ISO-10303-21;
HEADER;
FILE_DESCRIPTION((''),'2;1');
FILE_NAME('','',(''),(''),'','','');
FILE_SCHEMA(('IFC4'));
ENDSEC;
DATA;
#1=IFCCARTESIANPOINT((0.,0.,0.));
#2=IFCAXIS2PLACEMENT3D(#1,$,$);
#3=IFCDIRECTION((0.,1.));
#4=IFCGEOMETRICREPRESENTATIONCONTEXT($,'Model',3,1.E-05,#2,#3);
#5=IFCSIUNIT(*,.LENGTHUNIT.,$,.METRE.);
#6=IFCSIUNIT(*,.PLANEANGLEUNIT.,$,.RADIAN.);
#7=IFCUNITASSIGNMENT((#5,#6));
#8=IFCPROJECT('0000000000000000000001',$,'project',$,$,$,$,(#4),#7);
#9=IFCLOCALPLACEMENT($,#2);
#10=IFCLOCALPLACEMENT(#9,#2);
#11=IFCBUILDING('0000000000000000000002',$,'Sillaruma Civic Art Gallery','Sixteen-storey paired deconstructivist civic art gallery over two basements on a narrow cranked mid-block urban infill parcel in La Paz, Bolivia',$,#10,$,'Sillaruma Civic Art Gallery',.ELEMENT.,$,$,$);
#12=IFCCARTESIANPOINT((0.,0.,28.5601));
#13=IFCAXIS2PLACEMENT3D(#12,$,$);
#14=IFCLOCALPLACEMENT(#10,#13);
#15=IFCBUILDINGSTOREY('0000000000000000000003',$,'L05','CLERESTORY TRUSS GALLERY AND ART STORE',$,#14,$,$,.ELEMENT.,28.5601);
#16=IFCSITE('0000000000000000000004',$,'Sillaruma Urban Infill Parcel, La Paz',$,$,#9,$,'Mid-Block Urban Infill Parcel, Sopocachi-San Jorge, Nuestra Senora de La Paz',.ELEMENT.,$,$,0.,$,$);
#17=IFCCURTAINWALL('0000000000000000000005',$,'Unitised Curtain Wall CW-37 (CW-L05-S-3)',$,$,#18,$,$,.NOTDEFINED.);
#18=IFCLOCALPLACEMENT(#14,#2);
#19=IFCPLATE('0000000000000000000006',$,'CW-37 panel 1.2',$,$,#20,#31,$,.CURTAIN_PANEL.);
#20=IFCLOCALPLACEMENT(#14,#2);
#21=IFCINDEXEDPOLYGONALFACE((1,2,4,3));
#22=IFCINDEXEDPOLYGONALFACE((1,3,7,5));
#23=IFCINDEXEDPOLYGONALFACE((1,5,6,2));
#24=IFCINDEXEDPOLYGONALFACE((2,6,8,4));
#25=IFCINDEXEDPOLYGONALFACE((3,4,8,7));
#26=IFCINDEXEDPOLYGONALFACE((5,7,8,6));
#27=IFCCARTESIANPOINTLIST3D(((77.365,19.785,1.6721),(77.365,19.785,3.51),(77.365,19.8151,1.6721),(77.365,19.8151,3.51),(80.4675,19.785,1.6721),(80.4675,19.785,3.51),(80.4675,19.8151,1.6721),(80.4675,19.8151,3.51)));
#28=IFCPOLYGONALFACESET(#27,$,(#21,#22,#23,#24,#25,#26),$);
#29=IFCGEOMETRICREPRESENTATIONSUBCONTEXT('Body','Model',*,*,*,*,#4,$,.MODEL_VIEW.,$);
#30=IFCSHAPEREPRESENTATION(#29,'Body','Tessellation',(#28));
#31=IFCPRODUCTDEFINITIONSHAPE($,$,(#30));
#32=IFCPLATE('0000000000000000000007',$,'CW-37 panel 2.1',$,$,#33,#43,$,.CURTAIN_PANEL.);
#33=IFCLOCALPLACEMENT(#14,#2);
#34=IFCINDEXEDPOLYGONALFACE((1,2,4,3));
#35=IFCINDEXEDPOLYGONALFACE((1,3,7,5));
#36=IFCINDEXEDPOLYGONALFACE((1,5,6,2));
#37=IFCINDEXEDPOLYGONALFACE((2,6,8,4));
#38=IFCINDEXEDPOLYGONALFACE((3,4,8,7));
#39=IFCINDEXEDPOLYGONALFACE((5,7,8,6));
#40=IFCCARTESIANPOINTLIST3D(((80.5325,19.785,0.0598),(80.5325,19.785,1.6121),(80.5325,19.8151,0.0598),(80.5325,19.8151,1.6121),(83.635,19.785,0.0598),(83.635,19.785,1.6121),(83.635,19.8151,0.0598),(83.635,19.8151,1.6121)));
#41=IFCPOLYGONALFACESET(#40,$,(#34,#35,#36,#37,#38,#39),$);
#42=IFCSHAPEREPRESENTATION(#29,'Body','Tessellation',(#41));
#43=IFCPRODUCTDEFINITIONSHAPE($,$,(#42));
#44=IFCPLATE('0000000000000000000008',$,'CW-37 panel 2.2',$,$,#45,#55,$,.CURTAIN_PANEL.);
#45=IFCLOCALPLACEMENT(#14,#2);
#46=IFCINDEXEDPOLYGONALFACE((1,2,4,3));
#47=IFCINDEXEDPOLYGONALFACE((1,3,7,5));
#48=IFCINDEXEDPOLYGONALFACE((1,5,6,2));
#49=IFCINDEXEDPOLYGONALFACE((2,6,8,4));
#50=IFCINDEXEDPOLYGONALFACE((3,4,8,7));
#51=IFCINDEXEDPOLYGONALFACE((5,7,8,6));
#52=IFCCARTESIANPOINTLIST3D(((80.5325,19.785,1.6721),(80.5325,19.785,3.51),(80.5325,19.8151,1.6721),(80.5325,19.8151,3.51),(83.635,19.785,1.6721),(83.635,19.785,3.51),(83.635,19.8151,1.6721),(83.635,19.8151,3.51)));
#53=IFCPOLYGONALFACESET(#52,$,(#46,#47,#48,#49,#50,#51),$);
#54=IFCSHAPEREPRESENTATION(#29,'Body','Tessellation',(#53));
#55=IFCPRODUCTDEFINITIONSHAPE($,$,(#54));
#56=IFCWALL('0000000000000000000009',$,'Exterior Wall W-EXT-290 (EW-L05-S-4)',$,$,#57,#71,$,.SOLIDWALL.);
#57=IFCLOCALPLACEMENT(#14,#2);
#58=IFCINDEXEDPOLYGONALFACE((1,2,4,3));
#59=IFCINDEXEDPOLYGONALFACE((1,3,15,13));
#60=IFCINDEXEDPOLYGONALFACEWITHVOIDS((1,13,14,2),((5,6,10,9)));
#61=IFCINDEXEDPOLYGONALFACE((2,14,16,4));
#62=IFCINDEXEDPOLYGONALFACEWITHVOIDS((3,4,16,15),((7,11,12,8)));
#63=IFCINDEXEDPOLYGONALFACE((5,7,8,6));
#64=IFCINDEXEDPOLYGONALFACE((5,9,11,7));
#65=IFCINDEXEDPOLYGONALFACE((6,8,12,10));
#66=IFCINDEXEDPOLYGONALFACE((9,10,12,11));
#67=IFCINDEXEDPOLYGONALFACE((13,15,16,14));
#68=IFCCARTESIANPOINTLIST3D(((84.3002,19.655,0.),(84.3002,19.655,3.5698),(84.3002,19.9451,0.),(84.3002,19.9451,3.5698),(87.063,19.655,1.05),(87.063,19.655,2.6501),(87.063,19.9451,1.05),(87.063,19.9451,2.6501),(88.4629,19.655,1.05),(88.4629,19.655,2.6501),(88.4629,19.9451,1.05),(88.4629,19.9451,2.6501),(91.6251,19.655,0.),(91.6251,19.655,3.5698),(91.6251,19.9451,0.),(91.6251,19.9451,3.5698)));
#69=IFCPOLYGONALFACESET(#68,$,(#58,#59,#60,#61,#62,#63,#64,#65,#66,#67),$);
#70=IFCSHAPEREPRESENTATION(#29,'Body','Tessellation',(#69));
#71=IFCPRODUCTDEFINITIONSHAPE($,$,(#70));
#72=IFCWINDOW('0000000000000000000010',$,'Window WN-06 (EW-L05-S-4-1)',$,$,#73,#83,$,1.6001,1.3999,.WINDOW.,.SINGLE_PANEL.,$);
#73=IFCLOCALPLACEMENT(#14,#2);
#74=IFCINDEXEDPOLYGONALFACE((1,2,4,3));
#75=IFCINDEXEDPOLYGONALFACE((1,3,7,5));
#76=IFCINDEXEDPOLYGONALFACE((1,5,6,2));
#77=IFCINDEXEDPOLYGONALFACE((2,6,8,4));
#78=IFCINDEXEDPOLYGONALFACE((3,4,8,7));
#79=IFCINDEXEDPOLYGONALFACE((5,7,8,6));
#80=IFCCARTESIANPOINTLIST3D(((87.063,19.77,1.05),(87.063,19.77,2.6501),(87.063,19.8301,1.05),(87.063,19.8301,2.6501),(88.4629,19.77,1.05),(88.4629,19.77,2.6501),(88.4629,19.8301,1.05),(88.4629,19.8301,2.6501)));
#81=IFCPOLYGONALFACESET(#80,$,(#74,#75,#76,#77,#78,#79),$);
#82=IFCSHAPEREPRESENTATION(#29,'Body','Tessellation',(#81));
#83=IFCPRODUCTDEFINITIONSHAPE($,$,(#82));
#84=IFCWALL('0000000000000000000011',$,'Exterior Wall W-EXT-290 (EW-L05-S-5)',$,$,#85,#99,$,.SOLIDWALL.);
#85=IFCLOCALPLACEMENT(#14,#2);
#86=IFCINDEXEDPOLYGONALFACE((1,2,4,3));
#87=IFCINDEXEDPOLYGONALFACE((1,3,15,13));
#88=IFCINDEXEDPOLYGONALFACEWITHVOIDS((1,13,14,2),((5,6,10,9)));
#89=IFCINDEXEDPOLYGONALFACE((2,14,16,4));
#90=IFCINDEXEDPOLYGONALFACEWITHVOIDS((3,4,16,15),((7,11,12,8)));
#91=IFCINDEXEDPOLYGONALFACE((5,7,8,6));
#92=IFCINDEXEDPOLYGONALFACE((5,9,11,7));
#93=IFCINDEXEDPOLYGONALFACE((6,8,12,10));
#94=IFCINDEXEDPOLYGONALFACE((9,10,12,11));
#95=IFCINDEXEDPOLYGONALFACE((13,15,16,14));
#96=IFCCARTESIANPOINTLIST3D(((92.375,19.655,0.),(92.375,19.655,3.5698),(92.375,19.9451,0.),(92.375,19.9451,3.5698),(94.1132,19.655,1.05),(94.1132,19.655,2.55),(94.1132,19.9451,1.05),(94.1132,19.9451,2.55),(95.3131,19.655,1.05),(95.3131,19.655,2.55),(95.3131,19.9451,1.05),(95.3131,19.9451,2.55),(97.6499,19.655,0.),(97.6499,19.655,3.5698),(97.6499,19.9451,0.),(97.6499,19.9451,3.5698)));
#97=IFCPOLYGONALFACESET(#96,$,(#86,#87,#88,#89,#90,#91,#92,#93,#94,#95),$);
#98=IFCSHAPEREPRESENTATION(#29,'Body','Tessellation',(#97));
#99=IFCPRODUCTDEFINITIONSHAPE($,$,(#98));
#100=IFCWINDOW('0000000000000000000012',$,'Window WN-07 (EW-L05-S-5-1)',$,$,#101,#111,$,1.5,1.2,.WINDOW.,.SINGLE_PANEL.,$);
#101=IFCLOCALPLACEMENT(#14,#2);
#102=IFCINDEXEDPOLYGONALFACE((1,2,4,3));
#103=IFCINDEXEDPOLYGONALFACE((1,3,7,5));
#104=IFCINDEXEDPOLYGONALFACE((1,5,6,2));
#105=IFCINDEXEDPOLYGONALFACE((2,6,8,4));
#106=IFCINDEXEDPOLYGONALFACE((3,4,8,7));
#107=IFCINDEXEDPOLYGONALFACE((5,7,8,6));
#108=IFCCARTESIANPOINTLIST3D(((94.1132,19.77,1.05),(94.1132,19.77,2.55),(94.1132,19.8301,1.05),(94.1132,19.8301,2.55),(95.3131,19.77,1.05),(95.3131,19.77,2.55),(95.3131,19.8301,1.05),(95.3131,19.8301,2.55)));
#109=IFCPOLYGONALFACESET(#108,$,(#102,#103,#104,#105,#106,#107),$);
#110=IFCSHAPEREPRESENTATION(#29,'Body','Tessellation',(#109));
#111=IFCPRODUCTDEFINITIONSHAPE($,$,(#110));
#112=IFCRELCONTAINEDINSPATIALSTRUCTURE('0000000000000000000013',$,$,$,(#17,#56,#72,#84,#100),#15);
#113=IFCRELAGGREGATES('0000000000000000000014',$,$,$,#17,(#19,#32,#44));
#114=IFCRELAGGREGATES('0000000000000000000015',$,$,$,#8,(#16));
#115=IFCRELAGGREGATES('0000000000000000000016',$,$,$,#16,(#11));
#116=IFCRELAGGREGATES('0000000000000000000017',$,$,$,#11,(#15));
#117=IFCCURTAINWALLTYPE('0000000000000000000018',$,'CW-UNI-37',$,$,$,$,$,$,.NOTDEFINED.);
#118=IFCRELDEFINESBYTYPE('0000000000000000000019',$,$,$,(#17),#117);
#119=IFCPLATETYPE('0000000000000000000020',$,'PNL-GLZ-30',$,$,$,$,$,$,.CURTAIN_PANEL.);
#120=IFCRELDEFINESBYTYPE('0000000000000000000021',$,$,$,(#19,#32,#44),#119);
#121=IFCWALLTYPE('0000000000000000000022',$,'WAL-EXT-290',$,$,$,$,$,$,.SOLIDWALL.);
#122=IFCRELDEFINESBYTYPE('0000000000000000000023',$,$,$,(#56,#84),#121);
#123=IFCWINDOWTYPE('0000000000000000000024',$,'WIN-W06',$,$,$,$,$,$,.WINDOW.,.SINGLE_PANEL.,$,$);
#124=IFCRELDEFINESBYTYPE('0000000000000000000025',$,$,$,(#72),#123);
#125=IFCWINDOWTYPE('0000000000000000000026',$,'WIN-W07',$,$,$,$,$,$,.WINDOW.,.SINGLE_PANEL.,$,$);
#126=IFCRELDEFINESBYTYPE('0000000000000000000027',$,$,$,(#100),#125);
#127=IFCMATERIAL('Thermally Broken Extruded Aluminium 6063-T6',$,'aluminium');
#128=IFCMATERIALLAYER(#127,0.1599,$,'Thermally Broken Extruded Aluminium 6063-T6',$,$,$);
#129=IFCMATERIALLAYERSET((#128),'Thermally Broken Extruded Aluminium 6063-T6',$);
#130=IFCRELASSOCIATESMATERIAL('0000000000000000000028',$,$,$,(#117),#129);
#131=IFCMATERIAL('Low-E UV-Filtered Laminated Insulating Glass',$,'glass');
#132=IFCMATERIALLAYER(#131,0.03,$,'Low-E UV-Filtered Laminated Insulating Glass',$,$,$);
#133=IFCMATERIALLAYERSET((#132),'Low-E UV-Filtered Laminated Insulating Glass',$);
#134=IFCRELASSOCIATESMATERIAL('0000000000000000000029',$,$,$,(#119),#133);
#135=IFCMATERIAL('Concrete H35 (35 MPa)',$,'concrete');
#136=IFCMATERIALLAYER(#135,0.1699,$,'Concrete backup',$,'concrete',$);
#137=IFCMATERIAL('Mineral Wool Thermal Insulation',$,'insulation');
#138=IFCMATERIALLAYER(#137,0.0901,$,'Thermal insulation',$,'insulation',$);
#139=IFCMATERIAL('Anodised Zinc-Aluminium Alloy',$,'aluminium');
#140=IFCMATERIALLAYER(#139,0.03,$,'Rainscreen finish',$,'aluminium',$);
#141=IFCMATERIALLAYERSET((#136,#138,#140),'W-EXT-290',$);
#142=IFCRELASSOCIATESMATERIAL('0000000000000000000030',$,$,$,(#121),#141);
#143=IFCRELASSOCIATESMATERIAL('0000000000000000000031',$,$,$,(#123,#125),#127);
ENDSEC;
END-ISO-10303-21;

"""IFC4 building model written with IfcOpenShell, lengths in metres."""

from ifc_helpers import new_model, si_unit, direction, frame, frame_2d, origin, origin_2d, place, context, subcontext, project, spatial, rectangle, extrude, material, layer, layer_set, type_object, element, fill, aggregate, save


model = new_model("IFC4")

# Units and contexts
model_context = context("Model", 3, precision=1e-05, world=origin(), true_north=direction((0.0, 1.0)))
body_context = subcontext(model_context, "Body", "Model", "MODEL_VIEW")
ifc_project = project(units=[si_unit("LENGTHUNIT", "METRE"), si_unit("PLANEANGLEUNIT", "RADIAN")], contexts=[model_context])

# Site, building, storey
site_placement = place(None, origin())
site = spatial("IfcSite", under=ifc_project, at=site_placement, Name="Sillaruma Urban Infill Parcel, La Paz", LongName="Mid-Block Urban Infill Parcel, Sopocachi-San Jorge, Nuestra Senora de La Paz", CompositionType="ELEMENT", RefElevation=0.0)
building_placement = place(site_placement, origin())
building = spatial("IfcBuilding", under=site, at=building_placement, Name="Sillaruma Civic Art Gallery", Description="Sixteen-storey paired deconstructivist civic art gallery over two basements on a narrow cranked mid-block urban infill parcel in La Paz, Bolivia", LongName="Sillaruma Civic Art Gallery", CompositionType="ELEMENT")
storey_placement = place(building_placement, frame((0.0, 0.0, 28.5601)))
storey = spatial("IfcBuildingStorey", under=building, at=storey_placement, Name="L05", Description="CLERESTORY TRUSS GALLERY AND ART STORE", CompositionType="ELEMENT", Elevation=28.5601)

# Shared definitions
ifc_material_1 = material(Name="Concrete H35 (35 MPa)", Category="concrete")

# Curtain wall
ifc_material_2 = material(Name="Thermally Broken Extruded Aluminium 6063-T6", Category="aluminium")
ifc_layer_1 = layer(ifc_material_2, 0.1599, Name="Thermally Broken Extruded Aluminium 6063-T6")
ifc_layer_set_1 = layer_set([ifc_layer_1], Name="Thermally Broken Extruded Aluminium 6063-T6")
curtain_wall_type_1 = type_object("IfcCurtainWallType", Name="CW-UNI-37", PredefinedType="NOTDEFINED", material=ifc_layer_set_1)
curtain_wall_1_placement = place(storey_placement, origin())
curtain_wall_1 = element("IfcCurtainWall", 1, at=curtain_wall_1_placement, inside=storey, type_object=curtain_wall_type_1, Name="Unitised Curtain Wall CW-37 (CW-L05-S-3)", PredefinedType="NOTDEFINED")

# Plates
ifc_material_3 = material(Name="Low-E UV-Filtered Laminated Insulating Glass", Category="glass")
ifc_layer_2 = layer(ifc_material_3, 0.03, Name="Low-E UV-Filtered Laminated Insulating Glass")
ifc_layer_set_2 = layer_set([ifc_layer_2], Name="Low-E UV-Filtered Laminated Insulating Glass")
plate_type = type_object("IfcPlateType", Name="PNL-GLZ-30", PredefinedType="CURTAIN_PANEL", material=ifc_layer_set_2)
plate_1_placement = place(storey_placement, frame((78.9163, 19.8, 1.6721), z_axis=(0.0, 0.0, 1.0), x_axis=(1.0, 0.0, 0.0)))
plate_1 = element("IfcPlate", 2, at=plate_1_placement, type_object=plate_type, Name="CW-37 panel 1.2", PredefinedType="CURTAIN_PANEL", context=body_context, shape_type="SweptSolid", body=[
    extrude(rectangle(XDim=3.1025, YDim=0.03, at=origin_2d()), origin(), (0.0, 0.0, 1.0), 1.8379),
])
plate_2_placement = place(storey_placement, frame((82.0837, 19.8, 0.0598), z_axis=(0.0, 0.0, 1.0), x_axis=(1.0, 0.0, 0.0)))
plate_2 = element("IfcPlate", 3, at=plate_2_placement, type_object=plate_type, Name="CW-37 panel 2.1", PredefinedType="CURTAIN_PANEL", context=body_context, shape_type="SweptSolid", body=[
    extrude(rectangle(XDim=3.1025, YDim=0.03, at=origin_2d()), origin(), (0.0, 0.0, 1.0), 1.5522),
])
plate_3_placement = place(storey_placement, frame((82.0837, 19.8, 1.6721), z_axis=(0.0, 0.0, 1.0), x_axis=(1.0, 0.0, 0.0)))
plate_3 = element("IfcPlate", 4, at=plate_3_placement, type_object=plate_type, Name="CW-37 panel 2.2", PredefinedType="CURTAIN_PANEL", context=body_context, shape_type="SweptSolid", body=[
    extrude(rectangle(XDim=3.1025, YDim=0.03, at=origin_2d()), origin(), (0.0, 0.0, 1.0), 1.8379),
])
aggregate(curtain_wall_1, [plate_1, plate_2, plate_3])

# Walls, openings, windows
ifc_layer_3 = layer(ifc_material_1, 0.1699, Name="Concrete backup", Category="concrete")
ifc_material_4 = material(Name="Mineral Wool Thermal Insulation", Category="insulation")
ifc_layer_4 = layer(ifc_material_4, 0.0901, Name="Thermal insulation", Category="insulation")
ifc_material_5 = material(Name="Anodised Zinc-Aluminium Alloy", Category="aluminium")
ifc_layer_5 = layer(ifc_material_5, 0.03, Name="Rainscreen finish", Category="aluminium")
ifc_layer_set_3 = layer_set([ifc_layer_3, ifc_layer_4, ifc_layer_5], Name="W-EXT-290")
wall_type = type_object("IfcWallType", Name="WAL-EXT-290", PredefinedType="SOLIDWALL", material=ifc_layer_set_3)
wall_1_placement = place(storey_placement, frame((84.3, 19.8, 0.0), z_axis=(0.0, 0.0, 1.0), x_axis=(1.0, 0.0, 0.0)))
wall_1 = element("IfcWall", 5, at=wall_1_placement, inside=storey, type_object=wall_type, Name="Exterior Wall W-EXT-290 (EW-L05-S-4)", PredefinedType="SOLIDWALL", context=body_context, shape_type="SweptSolid", body=[
    extrude(rectangle(XDim=7.325, YDim=0.29, at=frame_2d((3.6626, 0.0))), origin(), (0.0, 0.0, 1.0), 3.5698),
])
opening_1_placement = place(wall_1_placement, frame((2.7629, 0.0, 1.05)))
opening_1 = element("IfcOpeningElement", 6, at=opening_1_placement, cuts=wall_1, PredefinedType="OPENING", context=body_context, shape_type="SweptSolid", body=[
    extrude(rectangle(XDim=1.3999, YDim=1.6001, at=frame_2d((0.7, 0.8))), frame((0.0, 0.155, 0.0), z_axis=(0.0, -1.0, 0.0), x_axis=(1.0, 0.0, 0.0)), (0.0, 0.0, 1.0), 0.3101),
])
window_type_1 = type_object("IfcWindowType", Name="WIN-W06", PartitioningType="SINGLE_PANEL", PredefinedType="WINDOW", material=ifc_material_2)
window_1_placement = place(opening_1_placement, origin())
window_1 = element("IfcWindow", 7, at=window_1_placement, inside=storey, type_object=window_type_1, Name="Window WN-06 (EW-L05-S-4-1)", OverallHeight=1.6001, OverallWidth=1.3999, PartitioningType="SINGLE_PANEL", PredefinedType="WINDOW", context=body_context, shape_type="SweptSolid", body=[
    extrude(rectangle(XDim=1.3999, YDim=1.6001, at=frame_2d((0.7, 0.8))), frame((0.0, 0.03, 0.0), z_axis=(0.0, -1.0, 0.0), x_axis=(1.0, 0.0, 0.0)), (0.0, 0.0, 1.0), 0.0601),
])
fill(opening_1, window_1)
wall_2_placement = place(storey_placement, frame((92.375, 19.8, 0.0), z_axis=(0.0, 0.0, 1.0), x_axis=(1.0, 0.0, 0.0)))
wall_2 = element("IfcWall", 8, at=wall_2_placement, inside=storey, type_object=wall_type, Name="Exterior Wall W-EXT-290 (EW-L05-S-5)", PredefinedType="SOLIDWALL", context=body_context, shape_type="SweptSolid", body=[
    extrude(rectangle(XDim=5.2749, YDim=0.29, at=frame_2d((2.6375, 0.0))), origin(), (0.0, 0.0, 1.0), 3.5698),
])
opening_2_placement = place(wall_2_placement, frame((1.738, 0.0, 1.05)))
opening_2 = element("IfcOpeningElement", 9, at=opening_2_placement, cuts=wall_2, PredefinedType="OPENING", context=body_context, shape_type="SweptSolid", body=[
    extrude(rectangle(XDim=1.2, YDim=1.5, at=frame_2d((0.6001, 0.75))), frame((0.0, 0.155, 0.0), z_axis=(0.0, -1.0, 0.0), x_axis=(1.0, 0.0, 0.0)), (0.0, 0.0, 1.0), 0.3101),
])
window_type_2 = type_object("IfcWindowType", Name="WIN-W07", PartitioningType="SINGLE_PANEL", PredefinedType="WINDOW", material=ifc_material_2)
window_2_placement = place(opening_2_placement, origin())
window_2 = element("IfcWindow", 10, at=window_2_placement, inside=storey, type_object=window_type_2, Name="Window WN-07 (EW-L05-S-5-1)", OverallHeight=1.5, OverallWidth=1.2, PartitioningType="SINGLE_PANEL", PredefinedType="WINDOW", context=body_context, shape_type="SweptSolid", body=[
    extrude(rectangle(XDim=1.2, YDim=1.5, at=frame_2d((0.6001, 0.75))), frame((0.0, 0.03, 0.0), z_axis=(0.0, -1.0, 0.0), x_axis=(1.0, 0.0, 0.0)), (0.0, 0.0, 1.0), 0.0601),
])
fill(opening_2, window_2)

save(model, "model.ifc")
